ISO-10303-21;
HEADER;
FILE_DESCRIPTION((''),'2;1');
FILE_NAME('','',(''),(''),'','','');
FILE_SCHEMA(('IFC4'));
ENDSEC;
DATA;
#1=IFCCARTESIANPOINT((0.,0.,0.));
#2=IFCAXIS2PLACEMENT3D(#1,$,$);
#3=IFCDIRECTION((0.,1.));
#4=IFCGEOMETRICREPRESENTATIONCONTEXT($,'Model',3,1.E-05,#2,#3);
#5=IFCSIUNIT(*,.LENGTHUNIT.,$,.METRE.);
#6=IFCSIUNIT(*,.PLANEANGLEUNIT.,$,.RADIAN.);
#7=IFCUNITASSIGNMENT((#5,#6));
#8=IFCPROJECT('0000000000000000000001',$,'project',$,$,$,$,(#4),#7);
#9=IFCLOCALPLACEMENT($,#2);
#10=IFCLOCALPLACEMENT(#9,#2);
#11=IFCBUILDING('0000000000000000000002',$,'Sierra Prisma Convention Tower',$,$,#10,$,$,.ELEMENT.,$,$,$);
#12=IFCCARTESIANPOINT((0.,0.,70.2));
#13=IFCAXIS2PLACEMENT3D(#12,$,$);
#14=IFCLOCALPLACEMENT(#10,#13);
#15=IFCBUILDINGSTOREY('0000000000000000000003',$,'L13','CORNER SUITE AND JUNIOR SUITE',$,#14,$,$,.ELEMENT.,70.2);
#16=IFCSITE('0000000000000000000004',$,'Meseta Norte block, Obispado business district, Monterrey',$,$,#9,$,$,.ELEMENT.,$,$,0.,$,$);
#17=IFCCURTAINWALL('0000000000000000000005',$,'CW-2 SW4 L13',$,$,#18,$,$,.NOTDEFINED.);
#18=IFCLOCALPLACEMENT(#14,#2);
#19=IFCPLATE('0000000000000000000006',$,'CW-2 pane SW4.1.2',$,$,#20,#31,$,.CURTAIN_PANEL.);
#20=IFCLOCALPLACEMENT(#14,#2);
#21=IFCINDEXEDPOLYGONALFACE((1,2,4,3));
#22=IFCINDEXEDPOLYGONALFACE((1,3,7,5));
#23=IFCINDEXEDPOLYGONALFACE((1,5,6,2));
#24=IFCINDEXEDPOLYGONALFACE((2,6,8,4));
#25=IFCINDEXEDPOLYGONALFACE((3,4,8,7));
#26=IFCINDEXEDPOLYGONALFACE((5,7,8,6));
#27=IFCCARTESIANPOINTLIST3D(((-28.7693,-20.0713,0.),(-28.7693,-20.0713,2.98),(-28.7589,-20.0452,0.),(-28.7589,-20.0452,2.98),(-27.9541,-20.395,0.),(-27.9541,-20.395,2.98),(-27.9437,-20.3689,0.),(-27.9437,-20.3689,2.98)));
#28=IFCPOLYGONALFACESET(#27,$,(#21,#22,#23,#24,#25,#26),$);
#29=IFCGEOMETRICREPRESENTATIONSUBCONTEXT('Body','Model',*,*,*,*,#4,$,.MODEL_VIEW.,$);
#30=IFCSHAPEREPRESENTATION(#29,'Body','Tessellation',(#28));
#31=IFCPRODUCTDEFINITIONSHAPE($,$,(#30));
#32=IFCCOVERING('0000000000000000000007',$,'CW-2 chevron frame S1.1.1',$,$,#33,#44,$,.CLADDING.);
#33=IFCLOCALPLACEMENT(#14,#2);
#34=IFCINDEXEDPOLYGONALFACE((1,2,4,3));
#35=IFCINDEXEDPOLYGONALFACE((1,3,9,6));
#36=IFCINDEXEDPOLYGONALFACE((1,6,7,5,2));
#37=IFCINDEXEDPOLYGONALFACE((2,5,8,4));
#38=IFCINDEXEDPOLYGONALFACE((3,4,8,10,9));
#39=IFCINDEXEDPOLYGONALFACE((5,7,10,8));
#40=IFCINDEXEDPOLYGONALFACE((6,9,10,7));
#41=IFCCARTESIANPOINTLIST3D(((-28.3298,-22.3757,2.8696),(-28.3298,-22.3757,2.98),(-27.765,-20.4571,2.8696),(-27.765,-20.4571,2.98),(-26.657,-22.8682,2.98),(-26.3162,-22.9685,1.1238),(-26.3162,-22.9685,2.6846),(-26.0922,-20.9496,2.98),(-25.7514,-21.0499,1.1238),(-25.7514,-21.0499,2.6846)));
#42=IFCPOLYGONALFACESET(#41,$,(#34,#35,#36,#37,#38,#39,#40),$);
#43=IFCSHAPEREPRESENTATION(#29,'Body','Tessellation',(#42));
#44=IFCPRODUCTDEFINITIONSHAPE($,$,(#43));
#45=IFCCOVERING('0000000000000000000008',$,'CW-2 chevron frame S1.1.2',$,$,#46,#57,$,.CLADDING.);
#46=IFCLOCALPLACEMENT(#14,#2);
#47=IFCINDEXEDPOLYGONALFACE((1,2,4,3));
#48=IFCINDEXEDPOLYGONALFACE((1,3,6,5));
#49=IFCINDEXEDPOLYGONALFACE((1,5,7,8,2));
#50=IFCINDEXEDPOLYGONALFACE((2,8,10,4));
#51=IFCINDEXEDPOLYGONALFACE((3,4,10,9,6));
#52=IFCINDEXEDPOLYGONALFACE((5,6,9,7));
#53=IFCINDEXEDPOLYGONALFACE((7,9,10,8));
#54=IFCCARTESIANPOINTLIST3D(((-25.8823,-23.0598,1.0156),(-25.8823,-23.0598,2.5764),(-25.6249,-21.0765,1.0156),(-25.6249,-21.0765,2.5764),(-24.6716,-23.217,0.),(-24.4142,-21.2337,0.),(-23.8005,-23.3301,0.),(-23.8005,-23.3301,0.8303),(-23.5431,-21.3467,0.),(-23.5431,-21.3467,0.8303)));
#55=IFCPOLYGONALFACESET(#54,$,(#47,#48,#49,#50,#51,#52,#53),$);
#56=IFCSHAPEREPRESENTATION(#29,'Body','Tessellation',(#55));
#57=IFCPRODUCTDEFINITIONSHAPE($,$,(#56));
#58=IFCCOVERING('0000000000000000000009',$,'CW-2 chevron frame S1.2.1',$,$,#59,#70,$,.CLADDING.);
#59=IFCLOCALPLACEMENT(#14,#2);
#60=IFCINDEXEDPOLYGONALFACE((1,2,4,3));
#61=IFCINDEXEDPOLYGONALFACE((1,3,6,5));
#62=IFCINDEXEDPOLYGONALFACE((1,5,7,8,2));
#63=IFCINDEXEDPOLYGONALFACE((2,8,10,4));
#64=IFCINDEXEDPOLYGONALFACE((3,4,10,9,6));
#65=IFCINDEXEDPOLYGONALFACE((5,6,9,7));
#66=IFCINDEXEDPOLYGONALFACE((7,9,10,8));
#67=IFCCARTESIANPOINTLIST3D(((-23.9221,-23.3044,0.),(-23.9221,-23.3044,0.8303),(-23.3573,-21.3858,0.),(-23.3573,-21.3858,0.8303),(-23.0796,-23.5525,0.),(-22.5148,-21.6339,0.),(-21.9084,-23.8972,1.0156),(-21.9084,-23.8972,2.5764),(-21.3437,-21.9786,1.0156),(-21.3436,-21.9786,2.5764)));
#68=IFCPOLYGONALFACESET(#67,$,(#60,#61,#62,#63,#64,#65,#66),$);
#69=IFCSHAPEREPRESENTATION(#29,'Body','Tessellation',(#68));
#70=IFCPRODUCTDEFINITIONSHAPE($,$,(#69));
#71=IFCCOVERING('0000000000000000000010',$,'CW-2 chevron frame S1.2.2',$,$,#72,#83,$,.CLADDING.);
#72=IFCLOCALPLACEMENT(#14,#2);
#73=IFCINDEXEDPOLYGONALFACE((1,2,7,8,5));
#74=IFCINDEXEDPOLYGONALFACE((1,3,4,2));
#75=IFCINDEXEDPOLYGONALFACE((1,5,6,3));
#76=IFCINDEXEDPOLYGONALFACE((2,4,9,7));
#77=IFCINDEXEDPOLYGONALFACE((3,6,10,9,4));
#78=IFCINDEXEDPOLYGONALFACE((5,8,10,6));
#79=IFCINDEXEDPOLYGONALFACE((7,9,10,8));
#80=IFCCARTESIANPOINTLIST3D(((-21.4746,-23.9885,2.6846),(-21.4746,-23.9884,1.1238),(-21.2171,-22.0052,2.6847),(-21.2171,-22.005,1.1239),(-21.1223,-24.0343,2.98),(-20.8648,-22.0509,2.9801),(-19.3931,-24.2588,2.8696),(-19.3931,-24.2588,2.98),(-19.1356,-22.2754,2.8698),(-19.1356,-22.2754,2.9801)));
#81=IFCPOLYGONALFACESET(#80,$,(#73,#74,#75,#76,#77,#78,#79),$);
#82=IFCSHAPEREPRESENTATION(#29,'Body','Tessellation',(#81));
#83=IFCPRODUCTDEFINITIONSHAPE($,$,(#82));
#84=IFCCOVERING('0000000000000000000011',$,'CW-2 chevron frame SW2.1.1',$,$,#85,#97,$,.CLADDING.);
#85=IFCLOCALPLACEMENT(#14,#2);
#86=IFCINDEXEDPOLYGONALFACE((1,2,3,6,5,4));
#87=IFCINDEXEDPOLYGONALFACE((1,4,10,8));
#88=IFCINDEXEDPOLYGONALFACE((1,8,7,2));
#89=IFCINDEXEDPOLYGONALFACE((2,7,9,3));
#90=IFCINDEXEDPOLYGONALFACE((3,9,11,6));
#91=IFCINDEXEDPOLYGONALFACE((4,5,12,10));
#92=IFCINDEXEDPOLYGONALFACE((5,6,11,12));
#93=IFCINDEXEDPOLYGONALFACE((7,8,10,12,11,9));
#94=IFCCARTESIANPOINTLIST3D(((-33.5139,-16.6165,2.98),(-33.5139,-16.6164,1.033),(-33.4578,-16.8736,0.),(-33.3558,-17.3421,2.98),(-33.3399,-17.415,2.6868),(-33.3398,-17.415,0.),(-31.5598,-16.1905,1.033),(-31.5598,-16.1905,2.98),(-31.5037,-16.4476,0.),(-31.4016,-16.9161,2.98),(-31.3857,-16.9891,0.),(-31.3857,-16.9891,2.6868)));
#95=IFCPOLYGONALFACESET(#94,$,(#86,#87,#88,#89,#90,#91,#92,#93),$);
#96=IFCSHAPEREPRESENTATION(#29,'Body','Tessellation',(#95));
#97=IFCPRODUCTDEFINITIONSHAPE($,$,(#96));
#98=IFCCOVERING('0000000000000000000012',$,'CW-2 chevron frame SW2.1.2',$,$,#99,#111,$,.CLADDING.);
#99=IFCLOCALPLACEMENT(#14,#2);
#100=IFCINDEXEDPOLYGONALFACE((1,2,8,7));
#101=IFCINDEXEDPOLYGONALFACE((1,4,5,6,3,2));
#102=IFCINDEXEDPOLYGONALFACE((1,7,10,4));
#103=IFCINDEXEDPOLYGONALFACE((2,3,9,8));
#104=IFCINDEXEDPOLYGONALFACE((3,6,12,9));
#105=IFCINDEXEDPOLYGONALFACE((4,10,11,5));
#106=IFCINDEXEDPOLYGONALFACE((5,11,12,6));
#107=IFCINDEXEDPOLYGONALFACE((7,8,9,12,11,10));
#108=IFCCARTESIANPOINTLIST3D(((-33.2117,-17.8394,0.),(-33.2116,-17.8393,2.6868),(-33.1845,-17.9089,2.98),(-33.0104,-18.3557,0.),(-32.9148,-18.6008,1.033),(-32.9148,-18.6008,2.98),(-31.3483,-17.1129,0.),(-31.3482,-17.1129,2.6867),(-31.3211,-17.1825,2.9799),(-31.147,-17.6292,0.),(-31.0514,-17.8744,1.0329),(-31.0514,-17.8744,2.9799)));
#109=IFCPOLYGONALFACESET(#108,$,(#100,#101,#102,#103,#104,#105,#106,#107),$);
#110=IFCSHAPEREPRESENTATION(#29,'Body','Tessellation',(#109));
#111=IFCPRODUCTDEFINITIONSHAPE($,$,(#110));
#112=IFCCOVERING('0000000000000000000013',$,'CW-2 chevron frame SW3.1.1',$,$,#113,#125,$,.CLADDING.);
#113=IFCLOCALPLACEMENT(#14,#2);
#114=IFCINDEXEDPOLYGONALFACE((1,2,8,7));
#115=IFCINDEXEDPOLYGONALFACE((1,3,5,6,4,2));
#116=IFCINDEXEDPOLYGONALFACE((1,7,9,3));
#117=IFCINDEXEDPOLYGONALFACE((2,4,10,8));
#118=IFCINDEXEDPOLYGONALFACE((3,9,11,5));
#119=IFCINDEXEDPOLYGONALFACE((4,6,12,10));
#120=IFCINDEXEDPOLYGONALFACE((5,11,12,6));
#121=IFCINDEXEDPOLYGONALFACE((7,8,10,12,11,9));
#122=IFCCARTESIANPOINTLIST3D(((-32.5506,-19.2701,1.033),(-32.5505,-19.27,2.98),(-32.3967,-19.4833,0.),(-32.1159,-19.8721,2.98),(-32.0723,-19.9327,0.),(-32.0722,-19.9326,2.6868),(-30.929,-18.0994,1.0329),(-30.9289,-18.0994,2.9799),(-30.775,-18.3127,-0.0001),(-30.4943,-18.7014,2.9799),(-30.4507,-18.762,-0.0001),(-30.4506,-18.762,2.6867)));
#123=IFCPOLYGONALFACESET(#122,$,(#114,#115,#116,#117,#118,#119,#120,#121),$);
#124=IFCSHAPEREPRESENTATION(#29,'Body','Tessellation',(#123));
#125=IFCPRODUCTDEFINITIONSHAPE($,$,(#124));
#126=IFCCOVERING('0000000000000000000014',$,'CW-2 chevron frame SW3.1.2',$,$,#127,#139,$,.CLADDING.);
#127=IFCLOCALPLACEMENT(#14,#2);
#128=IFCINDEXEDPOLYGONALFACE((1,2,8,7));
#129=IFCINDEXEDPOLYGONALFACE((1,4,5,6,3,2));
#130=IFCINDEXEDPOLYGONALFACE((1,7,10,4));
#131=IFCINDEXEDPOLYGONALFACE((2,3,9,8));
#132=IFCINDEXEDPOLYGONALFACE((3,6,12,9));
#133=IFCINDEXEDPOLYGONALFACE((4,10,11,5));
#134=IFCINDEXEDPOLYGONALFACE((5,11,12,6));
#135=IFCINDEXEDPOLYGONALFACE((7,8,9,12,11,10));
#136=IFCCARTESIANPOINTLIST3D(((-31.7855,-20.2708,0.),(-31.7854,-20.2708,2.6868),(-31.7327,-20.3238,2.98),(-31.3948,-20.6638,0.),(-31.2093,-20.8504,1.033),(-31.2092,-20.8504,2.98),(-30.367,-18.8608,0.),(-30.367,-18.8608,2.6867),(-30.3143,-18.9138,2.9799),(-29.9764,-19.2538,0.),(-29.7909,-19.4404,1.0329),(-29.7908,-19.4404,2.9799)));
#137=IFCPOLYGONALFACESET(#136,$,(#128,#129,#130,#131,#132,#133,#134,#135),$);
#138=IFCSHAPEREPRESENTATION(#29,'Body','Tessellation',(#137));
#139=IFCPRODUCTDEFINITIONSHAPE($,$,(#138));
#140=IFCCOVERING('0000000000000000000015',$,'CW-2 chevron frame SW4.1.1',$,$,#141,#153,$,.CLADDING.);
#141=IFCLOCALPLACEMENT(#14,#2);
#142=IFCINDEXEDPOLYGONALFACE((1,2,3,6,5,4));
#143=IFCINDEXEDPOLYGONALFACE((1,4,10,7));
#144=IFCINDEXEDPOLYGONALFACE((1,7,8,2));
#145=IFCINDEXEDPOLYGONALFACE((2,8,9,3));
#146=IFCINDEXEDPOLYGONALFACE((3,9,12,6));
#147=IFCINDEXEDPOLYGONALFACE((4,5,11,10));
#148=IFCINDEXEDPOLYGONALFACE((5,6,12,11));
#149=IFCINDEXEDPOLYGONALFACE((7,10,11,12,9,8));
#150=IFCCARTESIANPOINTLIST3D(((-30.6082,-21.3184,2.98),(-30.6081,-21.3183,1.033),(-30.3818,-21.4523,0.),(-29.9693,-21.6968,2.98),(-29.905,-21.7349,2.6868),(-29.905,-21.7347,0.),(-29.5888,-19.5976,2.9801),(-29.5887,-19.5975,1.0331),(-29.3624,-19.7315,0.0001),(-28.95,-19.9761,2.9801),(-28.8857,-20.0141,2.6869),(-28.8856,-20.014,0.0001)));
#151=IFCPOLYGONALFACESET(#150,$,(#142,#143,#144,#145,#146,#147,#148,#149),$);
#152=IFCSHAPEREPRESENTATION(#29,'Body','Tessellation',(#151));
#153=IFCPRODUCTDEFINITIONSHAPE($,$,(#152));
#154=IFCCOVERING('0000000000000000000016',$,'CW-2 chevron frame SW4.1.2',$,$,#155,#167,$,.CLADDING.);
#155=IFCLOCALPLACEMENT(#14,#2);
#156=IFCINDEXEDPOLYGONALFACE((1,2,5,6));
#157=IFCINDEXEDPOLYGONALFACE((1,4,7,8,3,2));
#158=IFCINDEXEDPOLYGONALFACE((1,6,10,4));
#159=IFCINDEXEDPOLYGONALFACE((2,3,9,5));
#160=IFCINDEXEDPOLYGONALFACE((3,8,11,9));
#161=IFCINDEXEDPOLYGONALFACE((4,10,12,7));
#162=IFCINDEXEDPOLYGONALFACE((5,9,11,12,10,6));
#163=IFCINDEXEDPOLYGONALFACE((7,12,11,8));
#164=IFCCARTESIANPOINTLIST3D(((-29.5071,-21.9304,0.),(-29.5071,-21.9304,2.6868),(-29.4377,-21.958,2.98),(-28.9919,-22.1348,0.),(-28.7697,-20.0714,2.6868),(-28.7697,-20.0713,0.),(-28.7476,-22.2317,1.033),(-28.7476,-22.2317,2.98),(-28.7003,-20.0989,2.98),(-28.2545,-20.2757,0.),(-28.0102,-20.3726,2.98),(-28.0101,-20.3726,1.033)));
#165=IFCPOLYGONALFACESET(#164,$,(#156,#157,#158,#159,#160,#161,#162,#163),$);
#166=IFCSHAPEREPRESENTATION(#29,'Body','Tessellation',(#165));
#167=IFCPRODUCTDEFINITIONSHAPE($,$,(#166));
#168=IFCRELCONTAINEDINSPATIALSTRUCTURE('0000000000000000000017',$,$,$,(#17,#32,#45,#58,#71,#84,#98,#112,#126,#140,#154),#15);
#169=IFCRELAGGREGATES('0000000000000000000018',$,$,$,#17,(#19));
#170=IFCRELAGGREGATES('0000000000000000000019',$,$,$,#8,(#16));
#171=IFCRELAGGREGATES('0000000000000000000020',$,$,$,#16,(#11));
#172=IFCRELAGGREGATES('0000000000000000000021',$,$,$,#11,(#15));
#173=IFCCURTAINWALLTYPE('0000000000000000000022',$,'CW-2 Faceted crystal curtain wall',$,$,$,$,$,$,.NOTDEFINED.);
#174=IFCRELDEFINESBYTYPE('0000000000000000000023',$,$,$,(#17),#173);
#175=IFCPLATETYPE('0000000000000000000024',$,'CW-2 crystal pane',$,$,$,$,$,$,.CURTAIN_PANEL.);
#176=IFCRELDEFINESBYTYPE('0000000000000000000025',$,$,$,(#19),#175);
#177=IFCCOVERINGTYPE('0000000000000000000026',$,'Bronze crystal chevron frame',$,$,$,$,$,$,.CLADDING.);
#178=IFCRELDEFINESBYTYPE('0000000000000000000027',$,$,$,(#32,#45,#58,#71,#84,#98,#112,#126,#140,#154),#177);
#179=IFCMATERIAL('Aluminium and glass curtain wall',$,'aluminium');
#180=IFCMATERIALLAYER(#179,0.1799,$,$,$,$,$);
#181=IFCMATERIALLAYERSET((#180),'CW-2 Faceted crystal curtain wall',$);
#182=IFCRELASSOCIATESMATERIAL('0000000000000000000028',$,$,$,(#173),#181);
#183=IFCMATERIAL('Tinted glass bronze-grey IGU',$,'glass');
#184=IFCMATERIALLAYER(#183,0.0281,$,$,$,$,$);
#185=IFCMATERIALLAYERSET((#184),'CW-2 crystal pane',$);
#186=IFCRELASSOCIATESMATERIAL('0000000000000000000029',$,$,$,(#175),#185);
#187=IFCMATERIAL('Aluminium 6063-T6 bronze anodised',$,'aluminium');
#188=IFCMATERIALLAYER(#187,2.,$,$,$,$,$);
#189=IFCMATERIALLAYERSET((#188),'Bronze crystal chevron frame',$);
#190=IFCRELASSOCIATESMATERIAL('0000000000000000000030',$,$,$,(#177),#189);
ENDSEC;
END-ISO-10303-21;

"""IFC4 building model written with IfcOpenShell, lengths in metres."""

from ifc_helpers import new_model, si_unit, direction, frame, origin, place, context, subcontext, project, spatial, polyline, outline, extrude, material, layer, layer_set, type_object, element, aggregate, save


model = new_model("IFC4")

# Units and contexts
model_context = context("Model", 3, precision=1e-05, world=origin(), true_north=direction((0.0, 1.0)))
body_context = subcontext(model_context, "Body", "Model", "MODEL_VIEW")
ifc_project = project(units=[si_unit("LENGTHUNIT", "METRE"), si_unit("PLANEANGLEUNIT", "RADIAN")], contexts=[model_context])

# Site, building, storey
site_placement = place(None, origin())
site = spatial("IfcSite", under=ifc_project, at=site_placement, Name="Meseta Norte block, Obispado business district, Monterrey", CompositionType="ELEMENT", RefElevation=0.0)
building_placement = place(site_placement, origin())
building = spatial("IfcBuilding", under=site, at=building_placement, Name="Sierra Prisma Convention Tower", CompositionType="ELEMENT")
storey_placement = place(building_placement, frame((0.0, 0.0, 70.2)))
storey = spatial("IfcBuildingStorey", under=building, at=storey_placement, Name="L13", Description="CORNER SUITE AND JUNIOR SUITE", CompositionType="ELEMENT", Elevation=70.2)

# Shared definitions
ifc_material_1 = material(Name="Aluminium and glass curtain wall", Category="aluminium")
ifc_layer_1 = layer(ifc_material_1, 0.1799)
ifc_layer_set_1 = layer_set([ifc_layer_1], Name="CW-2 Faceted crystal curtain wall")
curtain_wall_type = type_object("IfcCurtainWallType", Name="CW-2 Faceted crystal curtain wall", PredefinedType="NOTDEFINED", material=ifc_layer_set_1)

# Curtain wall
curtain_wall_1_placement = place(storey_placement, origin())
curtain_wall_1 = element("IfcCurtainWall", 1, at=curtain_wall_1_placement, inside=storey, type_object=curtain_wall_type, Name="CW-2 SW4 L13", PredefinedType="NOTDEFINED")

# Shared definitions
ifc_material_2 = material(Name="Tinted glass bronze-grey IGU", Category="glass")
ifc_layer_2 = layer(ifc_material_2, 0.0281)
ifc_layer_set_2 = layer_set([ifc_layer_2], Name="CW-2 crystal pane")
plate_type = type_object("IfcPlateType", Name="CW-2 crystal pane", PredefinedType="CURTAIN_PANEL", material=ifc_layer_set_2)

# Plate
plate_1_placement = place(storey_placement, frame((-27.9541, -20.395, 0.0), z_axis=(-0.369086, -0.929395, 0.0), x_axis=(-0.929395, 0.369086, 0.0)))
plate_1 = element("IfcPlate", 2, at=plate_1_placement, type_object=plate_type, Name="CW-2 pane SW4.1.2", PredefinedType="CURTAIN_PANEL", context=body_context, shape_type="SweptSolid", body=[
    extrude(outline(polyline([(0.0, 0.0), (0.8771, 0.0), (0.8771, -2.98), (0.0, -2.98), (0.0, 0.0)])), origin(), (0.0, 0.0, -1.0), 0.0281),
])
aggregate(curtain_wall_1, [plate_1])

# Coverings
ifc_material_3 = material(Name="Aluminium 6063-T6 bronze anodised", Category="aluminium")
ifc_layer_3 = layer(ifc_material_3, 2.0)
ifc_layer_set_3 = layer_set([ifc_layer_3], Name="Bronze crystal chevron frame")
covering_type = type_object("IfcCoveringType", Name="Bronze crystal chevron frame", PredefinedType="CLADDING", material=ifc_layer_set_3)
covering_1_placement = place(storey_placement, frame((-28.3298, -22.3757, 2.98), z_axis=(-0.282392, -0.959299, 0.000007), x_axis=(-0.000002, -0.000006, -1.0)))
element("IfcCovering", 3, at=covering_1_placement, inside=storey, type_object=covering_type, Name="CW-2 chevron frame S1.1.1", PredefinedType="CLADDING", context=body_context, shape_type="SweptSolid", body=[
    extrude(outline(polyline([(0.0, 0.0), (0.1104, 0.0), (1.8562, 2.0991), (0.2954, 2.0991), (0.0, 1.7438), (0.0, 0.0)])), origin(), (0.0, 0.0, -1.0), 2.0),
])
covering_2_placement = place(storey_placement, frame((-25.8823, -23.0598, 2.5764), z_axis=(-0.128734, -0.991679, 0.000018), x_axis=(-0.000002, -0.000018, -1.0)))
element("IfcCovering", 4, at=covering_2_placement, inside=storey, type_object=covering_type, Name="CW-2 chevron frame S1.1.2", PredefinedType="CLADDING", context=body_context, shape_type="SweptSolid", body=[
    extrude(outline(polyline([(0.0, 0.0), (1.5608, 0.0), (2.5764, 1.2209), (2.5764, 2.0993), (1.7461, 2.0993), (0.0, 0.0)])), origin(), (0.0, 0.0, -1.0), 2.0),
])
covering_3_placement = place(storey_placement, frame((-23.9221, -23.3044, 0.0), z_axis=(-0.282397, -0.959298, 0.000009), x_axis=(0.959298, -0.282397, 0.0)))
element("IfcCovering", 5, at=covering_3_placement, inside=storey, type_object=covering_type, Name="CW-2 chevron frame S1.2.1", PredefinedType="CLADDING", context=body_context, shape_type="SweptSolid", body=[
    extrude(outline(polyline([(0.0, 0.0), (0.8783, 0.0), (2.0991, 1.0156), (2.0991, 2.5764), (0.0, 0.8303), (0.0, 0.0)])), origin(), (0.0, 0.0, -1.0), 2.0),
])
covering_4_placement = place(storey_placement, frame((-19.3931, -24.2588, 2.98), z_axis=(-0.128746, -0.991678, -0.000081), x_axis=(-0.991678, 0.128746, 0.0)))
element("IfcCovering", 6, at=covering_4_placement, inside=storey, type_object=covering_type, Name="CW-2 chevron frame S1.2.2", PredefinedType="CLADDING", context=body_context, shape_type="SweptSolid", body=[
    extrude(outline(polyline([(0.0, 0.0), (1.7437, 0.0), (2.099, 0.2954), (2.099, 1.8562), (0.0, 0.1104), (0.0, 0.0)])), origin(), (0.0, 0.0, -1.0), 2.0),
])
covering_5_placement = place(storey_placement, frame((-33.5139, -16.6165, 2.98), z_axis=(-0.977062, -0.212953, -0.000013), x_axis=(0.000012, 0.000003, -1.0)))
element("IfcCovering", 7, at=covering_5_placement, inside=storey, type_object=covering_type, Name="CW-2 chevron frame SW2.1.1", PredefinedType="CLADDING", context=body_context, shape_type="SweptSolid", body=[
    extrude(outline(polyline([(0.0, 0.0), (1.947, 0.0), (2.98, 0.2631), (2.98, 0.8173), (0.2932, 0.8173), (0.0, 0.7426), (0.0, 0.0)])), origin(), (0.0, 0.0, -1.0), 2.0),
])
covering_6_placement = place(storey_placement, frame((-33.2117, -17.8394, 0.0), z_axis=(-0.931706, -0.363213, 0.000019), x_axis=(0.363213, -0.931706, 0.0)))
element("IfcCovering", 8, at=covering_6_placement, inside=storey, type_object=covering_type, Name="CW-2 chevron frame SW2.1.2", PredefinedType="CLADDING", context=body_context, shape_type="SweptSolid", body=[
    extrude(outline(polyline([(0.0, 0.0), (0.5542, 0.0), (0.8173, 1.033), (0.8173, 2.98), (0.0747, 2.98), (0.0, 2.6868), (0.0, 0.0)])), origin(), (0.0, 0.0, -1.0), 2.0),
])
covering_7_placement = place(storey_placement, frame((-32.5505, -19.27, 2.98), z_axis=(-0.810814, -0.585304, 0.000031), x_axis=(-0.000025, -0.000018, -1.0)))
element("IfcCovering", 9, at=covering_7_placement, inside=storey, type_object=covering_type, Name="CW-2 chevron frame SW3.1.1", PredefinedType="CLADDING", context=body_context, shape_type="SweptSolid", body=[
    extrude(outline(polyline([(0.0, 0.0), (1.947, 0.0), (2.98, 0.263), (2.98, 0.8172), (0.2932, 0.8172), (0.0, 0.7425), (0.0, 0.0)])), origin(), (0.0, 0.0, -1.0), 2.0),
])
covering_8_placement = place(storey_placement, frame((-31.3948, -20.6638, 0.0), z_axis=(-0.709211, -0.704996, 0.000024), x_axis=(0.174024, -0.175031, 0.969061)))
element("IfcCovering", 10, at=covering_8_placement, inside=storey, type_object=covering_type, Name="CW-2 chevron frame SW3.1.2", PredefinedType="CLADDING", context=body_context, shape_type="SweptSolid", body=[
    extrude(outline(polyline([(0.0, 0.0), (1.0659, 0.0), (2.9527, 0.4806), (2.7695, 1.2001), (2.4669, 1.2002), (-0.1368, 0.537), (0.0, 0.0)])), origin(), (0.0, 0.0, -1.0), 2.0),
])
covering_9_placement = place(storey_placement, frame((-30.6082, -21.3184, 2.98), z_axis=(-0.509676, -0.860367, -0.000056), x_axis=(0.000029, 0.000048, -1.0)))
element("IfcCovering", 11, at=covering_9_placement, inside=storey, type_object=covering_type, Name="CW-2 chevron frame SW4.1.1", PredefinedType="CLADDING", context=body_context, shape_type="SweptSolid", body=[
    extrude(outline(polyline([(0.0, 0.0), (1.947, 0.0), (2.98, 0.263), (2.98, 0.8172), (0.2932, 0.8172), (0.0, 0.7425), (0.0, 0.0)])), origin(), (0.0, 0.0, -1.0), 2.0),
])
covering_10_placement = place(storey_placement, frame((-29.5071, -21.9304, 0.0), z_axis=(-0.368708, -0.929545, -0.000012), x_axis=(0.929545, -0.368708, 0.0)))
element("IfcCovering", 12, at=covering_10_placement, inside=storey, type_object=covering_type, Name="CW-2 chevron frame SW4.1.2", PredefinedType="CLADDING", context=body_context, shape_type="SweptSolid", body=[
    extrude(outline(polyline([(0.0, 0.0), (0.5542, 0.0), (0.8171, 1.033), (0.8171, 2.98), (0.0746, 2.98), (0.0, 2.6868), (0.0, 0.0)])), origin(), (0.0, 0.0, -1.0), 2.0),
])

save(model, "model.ifc")
